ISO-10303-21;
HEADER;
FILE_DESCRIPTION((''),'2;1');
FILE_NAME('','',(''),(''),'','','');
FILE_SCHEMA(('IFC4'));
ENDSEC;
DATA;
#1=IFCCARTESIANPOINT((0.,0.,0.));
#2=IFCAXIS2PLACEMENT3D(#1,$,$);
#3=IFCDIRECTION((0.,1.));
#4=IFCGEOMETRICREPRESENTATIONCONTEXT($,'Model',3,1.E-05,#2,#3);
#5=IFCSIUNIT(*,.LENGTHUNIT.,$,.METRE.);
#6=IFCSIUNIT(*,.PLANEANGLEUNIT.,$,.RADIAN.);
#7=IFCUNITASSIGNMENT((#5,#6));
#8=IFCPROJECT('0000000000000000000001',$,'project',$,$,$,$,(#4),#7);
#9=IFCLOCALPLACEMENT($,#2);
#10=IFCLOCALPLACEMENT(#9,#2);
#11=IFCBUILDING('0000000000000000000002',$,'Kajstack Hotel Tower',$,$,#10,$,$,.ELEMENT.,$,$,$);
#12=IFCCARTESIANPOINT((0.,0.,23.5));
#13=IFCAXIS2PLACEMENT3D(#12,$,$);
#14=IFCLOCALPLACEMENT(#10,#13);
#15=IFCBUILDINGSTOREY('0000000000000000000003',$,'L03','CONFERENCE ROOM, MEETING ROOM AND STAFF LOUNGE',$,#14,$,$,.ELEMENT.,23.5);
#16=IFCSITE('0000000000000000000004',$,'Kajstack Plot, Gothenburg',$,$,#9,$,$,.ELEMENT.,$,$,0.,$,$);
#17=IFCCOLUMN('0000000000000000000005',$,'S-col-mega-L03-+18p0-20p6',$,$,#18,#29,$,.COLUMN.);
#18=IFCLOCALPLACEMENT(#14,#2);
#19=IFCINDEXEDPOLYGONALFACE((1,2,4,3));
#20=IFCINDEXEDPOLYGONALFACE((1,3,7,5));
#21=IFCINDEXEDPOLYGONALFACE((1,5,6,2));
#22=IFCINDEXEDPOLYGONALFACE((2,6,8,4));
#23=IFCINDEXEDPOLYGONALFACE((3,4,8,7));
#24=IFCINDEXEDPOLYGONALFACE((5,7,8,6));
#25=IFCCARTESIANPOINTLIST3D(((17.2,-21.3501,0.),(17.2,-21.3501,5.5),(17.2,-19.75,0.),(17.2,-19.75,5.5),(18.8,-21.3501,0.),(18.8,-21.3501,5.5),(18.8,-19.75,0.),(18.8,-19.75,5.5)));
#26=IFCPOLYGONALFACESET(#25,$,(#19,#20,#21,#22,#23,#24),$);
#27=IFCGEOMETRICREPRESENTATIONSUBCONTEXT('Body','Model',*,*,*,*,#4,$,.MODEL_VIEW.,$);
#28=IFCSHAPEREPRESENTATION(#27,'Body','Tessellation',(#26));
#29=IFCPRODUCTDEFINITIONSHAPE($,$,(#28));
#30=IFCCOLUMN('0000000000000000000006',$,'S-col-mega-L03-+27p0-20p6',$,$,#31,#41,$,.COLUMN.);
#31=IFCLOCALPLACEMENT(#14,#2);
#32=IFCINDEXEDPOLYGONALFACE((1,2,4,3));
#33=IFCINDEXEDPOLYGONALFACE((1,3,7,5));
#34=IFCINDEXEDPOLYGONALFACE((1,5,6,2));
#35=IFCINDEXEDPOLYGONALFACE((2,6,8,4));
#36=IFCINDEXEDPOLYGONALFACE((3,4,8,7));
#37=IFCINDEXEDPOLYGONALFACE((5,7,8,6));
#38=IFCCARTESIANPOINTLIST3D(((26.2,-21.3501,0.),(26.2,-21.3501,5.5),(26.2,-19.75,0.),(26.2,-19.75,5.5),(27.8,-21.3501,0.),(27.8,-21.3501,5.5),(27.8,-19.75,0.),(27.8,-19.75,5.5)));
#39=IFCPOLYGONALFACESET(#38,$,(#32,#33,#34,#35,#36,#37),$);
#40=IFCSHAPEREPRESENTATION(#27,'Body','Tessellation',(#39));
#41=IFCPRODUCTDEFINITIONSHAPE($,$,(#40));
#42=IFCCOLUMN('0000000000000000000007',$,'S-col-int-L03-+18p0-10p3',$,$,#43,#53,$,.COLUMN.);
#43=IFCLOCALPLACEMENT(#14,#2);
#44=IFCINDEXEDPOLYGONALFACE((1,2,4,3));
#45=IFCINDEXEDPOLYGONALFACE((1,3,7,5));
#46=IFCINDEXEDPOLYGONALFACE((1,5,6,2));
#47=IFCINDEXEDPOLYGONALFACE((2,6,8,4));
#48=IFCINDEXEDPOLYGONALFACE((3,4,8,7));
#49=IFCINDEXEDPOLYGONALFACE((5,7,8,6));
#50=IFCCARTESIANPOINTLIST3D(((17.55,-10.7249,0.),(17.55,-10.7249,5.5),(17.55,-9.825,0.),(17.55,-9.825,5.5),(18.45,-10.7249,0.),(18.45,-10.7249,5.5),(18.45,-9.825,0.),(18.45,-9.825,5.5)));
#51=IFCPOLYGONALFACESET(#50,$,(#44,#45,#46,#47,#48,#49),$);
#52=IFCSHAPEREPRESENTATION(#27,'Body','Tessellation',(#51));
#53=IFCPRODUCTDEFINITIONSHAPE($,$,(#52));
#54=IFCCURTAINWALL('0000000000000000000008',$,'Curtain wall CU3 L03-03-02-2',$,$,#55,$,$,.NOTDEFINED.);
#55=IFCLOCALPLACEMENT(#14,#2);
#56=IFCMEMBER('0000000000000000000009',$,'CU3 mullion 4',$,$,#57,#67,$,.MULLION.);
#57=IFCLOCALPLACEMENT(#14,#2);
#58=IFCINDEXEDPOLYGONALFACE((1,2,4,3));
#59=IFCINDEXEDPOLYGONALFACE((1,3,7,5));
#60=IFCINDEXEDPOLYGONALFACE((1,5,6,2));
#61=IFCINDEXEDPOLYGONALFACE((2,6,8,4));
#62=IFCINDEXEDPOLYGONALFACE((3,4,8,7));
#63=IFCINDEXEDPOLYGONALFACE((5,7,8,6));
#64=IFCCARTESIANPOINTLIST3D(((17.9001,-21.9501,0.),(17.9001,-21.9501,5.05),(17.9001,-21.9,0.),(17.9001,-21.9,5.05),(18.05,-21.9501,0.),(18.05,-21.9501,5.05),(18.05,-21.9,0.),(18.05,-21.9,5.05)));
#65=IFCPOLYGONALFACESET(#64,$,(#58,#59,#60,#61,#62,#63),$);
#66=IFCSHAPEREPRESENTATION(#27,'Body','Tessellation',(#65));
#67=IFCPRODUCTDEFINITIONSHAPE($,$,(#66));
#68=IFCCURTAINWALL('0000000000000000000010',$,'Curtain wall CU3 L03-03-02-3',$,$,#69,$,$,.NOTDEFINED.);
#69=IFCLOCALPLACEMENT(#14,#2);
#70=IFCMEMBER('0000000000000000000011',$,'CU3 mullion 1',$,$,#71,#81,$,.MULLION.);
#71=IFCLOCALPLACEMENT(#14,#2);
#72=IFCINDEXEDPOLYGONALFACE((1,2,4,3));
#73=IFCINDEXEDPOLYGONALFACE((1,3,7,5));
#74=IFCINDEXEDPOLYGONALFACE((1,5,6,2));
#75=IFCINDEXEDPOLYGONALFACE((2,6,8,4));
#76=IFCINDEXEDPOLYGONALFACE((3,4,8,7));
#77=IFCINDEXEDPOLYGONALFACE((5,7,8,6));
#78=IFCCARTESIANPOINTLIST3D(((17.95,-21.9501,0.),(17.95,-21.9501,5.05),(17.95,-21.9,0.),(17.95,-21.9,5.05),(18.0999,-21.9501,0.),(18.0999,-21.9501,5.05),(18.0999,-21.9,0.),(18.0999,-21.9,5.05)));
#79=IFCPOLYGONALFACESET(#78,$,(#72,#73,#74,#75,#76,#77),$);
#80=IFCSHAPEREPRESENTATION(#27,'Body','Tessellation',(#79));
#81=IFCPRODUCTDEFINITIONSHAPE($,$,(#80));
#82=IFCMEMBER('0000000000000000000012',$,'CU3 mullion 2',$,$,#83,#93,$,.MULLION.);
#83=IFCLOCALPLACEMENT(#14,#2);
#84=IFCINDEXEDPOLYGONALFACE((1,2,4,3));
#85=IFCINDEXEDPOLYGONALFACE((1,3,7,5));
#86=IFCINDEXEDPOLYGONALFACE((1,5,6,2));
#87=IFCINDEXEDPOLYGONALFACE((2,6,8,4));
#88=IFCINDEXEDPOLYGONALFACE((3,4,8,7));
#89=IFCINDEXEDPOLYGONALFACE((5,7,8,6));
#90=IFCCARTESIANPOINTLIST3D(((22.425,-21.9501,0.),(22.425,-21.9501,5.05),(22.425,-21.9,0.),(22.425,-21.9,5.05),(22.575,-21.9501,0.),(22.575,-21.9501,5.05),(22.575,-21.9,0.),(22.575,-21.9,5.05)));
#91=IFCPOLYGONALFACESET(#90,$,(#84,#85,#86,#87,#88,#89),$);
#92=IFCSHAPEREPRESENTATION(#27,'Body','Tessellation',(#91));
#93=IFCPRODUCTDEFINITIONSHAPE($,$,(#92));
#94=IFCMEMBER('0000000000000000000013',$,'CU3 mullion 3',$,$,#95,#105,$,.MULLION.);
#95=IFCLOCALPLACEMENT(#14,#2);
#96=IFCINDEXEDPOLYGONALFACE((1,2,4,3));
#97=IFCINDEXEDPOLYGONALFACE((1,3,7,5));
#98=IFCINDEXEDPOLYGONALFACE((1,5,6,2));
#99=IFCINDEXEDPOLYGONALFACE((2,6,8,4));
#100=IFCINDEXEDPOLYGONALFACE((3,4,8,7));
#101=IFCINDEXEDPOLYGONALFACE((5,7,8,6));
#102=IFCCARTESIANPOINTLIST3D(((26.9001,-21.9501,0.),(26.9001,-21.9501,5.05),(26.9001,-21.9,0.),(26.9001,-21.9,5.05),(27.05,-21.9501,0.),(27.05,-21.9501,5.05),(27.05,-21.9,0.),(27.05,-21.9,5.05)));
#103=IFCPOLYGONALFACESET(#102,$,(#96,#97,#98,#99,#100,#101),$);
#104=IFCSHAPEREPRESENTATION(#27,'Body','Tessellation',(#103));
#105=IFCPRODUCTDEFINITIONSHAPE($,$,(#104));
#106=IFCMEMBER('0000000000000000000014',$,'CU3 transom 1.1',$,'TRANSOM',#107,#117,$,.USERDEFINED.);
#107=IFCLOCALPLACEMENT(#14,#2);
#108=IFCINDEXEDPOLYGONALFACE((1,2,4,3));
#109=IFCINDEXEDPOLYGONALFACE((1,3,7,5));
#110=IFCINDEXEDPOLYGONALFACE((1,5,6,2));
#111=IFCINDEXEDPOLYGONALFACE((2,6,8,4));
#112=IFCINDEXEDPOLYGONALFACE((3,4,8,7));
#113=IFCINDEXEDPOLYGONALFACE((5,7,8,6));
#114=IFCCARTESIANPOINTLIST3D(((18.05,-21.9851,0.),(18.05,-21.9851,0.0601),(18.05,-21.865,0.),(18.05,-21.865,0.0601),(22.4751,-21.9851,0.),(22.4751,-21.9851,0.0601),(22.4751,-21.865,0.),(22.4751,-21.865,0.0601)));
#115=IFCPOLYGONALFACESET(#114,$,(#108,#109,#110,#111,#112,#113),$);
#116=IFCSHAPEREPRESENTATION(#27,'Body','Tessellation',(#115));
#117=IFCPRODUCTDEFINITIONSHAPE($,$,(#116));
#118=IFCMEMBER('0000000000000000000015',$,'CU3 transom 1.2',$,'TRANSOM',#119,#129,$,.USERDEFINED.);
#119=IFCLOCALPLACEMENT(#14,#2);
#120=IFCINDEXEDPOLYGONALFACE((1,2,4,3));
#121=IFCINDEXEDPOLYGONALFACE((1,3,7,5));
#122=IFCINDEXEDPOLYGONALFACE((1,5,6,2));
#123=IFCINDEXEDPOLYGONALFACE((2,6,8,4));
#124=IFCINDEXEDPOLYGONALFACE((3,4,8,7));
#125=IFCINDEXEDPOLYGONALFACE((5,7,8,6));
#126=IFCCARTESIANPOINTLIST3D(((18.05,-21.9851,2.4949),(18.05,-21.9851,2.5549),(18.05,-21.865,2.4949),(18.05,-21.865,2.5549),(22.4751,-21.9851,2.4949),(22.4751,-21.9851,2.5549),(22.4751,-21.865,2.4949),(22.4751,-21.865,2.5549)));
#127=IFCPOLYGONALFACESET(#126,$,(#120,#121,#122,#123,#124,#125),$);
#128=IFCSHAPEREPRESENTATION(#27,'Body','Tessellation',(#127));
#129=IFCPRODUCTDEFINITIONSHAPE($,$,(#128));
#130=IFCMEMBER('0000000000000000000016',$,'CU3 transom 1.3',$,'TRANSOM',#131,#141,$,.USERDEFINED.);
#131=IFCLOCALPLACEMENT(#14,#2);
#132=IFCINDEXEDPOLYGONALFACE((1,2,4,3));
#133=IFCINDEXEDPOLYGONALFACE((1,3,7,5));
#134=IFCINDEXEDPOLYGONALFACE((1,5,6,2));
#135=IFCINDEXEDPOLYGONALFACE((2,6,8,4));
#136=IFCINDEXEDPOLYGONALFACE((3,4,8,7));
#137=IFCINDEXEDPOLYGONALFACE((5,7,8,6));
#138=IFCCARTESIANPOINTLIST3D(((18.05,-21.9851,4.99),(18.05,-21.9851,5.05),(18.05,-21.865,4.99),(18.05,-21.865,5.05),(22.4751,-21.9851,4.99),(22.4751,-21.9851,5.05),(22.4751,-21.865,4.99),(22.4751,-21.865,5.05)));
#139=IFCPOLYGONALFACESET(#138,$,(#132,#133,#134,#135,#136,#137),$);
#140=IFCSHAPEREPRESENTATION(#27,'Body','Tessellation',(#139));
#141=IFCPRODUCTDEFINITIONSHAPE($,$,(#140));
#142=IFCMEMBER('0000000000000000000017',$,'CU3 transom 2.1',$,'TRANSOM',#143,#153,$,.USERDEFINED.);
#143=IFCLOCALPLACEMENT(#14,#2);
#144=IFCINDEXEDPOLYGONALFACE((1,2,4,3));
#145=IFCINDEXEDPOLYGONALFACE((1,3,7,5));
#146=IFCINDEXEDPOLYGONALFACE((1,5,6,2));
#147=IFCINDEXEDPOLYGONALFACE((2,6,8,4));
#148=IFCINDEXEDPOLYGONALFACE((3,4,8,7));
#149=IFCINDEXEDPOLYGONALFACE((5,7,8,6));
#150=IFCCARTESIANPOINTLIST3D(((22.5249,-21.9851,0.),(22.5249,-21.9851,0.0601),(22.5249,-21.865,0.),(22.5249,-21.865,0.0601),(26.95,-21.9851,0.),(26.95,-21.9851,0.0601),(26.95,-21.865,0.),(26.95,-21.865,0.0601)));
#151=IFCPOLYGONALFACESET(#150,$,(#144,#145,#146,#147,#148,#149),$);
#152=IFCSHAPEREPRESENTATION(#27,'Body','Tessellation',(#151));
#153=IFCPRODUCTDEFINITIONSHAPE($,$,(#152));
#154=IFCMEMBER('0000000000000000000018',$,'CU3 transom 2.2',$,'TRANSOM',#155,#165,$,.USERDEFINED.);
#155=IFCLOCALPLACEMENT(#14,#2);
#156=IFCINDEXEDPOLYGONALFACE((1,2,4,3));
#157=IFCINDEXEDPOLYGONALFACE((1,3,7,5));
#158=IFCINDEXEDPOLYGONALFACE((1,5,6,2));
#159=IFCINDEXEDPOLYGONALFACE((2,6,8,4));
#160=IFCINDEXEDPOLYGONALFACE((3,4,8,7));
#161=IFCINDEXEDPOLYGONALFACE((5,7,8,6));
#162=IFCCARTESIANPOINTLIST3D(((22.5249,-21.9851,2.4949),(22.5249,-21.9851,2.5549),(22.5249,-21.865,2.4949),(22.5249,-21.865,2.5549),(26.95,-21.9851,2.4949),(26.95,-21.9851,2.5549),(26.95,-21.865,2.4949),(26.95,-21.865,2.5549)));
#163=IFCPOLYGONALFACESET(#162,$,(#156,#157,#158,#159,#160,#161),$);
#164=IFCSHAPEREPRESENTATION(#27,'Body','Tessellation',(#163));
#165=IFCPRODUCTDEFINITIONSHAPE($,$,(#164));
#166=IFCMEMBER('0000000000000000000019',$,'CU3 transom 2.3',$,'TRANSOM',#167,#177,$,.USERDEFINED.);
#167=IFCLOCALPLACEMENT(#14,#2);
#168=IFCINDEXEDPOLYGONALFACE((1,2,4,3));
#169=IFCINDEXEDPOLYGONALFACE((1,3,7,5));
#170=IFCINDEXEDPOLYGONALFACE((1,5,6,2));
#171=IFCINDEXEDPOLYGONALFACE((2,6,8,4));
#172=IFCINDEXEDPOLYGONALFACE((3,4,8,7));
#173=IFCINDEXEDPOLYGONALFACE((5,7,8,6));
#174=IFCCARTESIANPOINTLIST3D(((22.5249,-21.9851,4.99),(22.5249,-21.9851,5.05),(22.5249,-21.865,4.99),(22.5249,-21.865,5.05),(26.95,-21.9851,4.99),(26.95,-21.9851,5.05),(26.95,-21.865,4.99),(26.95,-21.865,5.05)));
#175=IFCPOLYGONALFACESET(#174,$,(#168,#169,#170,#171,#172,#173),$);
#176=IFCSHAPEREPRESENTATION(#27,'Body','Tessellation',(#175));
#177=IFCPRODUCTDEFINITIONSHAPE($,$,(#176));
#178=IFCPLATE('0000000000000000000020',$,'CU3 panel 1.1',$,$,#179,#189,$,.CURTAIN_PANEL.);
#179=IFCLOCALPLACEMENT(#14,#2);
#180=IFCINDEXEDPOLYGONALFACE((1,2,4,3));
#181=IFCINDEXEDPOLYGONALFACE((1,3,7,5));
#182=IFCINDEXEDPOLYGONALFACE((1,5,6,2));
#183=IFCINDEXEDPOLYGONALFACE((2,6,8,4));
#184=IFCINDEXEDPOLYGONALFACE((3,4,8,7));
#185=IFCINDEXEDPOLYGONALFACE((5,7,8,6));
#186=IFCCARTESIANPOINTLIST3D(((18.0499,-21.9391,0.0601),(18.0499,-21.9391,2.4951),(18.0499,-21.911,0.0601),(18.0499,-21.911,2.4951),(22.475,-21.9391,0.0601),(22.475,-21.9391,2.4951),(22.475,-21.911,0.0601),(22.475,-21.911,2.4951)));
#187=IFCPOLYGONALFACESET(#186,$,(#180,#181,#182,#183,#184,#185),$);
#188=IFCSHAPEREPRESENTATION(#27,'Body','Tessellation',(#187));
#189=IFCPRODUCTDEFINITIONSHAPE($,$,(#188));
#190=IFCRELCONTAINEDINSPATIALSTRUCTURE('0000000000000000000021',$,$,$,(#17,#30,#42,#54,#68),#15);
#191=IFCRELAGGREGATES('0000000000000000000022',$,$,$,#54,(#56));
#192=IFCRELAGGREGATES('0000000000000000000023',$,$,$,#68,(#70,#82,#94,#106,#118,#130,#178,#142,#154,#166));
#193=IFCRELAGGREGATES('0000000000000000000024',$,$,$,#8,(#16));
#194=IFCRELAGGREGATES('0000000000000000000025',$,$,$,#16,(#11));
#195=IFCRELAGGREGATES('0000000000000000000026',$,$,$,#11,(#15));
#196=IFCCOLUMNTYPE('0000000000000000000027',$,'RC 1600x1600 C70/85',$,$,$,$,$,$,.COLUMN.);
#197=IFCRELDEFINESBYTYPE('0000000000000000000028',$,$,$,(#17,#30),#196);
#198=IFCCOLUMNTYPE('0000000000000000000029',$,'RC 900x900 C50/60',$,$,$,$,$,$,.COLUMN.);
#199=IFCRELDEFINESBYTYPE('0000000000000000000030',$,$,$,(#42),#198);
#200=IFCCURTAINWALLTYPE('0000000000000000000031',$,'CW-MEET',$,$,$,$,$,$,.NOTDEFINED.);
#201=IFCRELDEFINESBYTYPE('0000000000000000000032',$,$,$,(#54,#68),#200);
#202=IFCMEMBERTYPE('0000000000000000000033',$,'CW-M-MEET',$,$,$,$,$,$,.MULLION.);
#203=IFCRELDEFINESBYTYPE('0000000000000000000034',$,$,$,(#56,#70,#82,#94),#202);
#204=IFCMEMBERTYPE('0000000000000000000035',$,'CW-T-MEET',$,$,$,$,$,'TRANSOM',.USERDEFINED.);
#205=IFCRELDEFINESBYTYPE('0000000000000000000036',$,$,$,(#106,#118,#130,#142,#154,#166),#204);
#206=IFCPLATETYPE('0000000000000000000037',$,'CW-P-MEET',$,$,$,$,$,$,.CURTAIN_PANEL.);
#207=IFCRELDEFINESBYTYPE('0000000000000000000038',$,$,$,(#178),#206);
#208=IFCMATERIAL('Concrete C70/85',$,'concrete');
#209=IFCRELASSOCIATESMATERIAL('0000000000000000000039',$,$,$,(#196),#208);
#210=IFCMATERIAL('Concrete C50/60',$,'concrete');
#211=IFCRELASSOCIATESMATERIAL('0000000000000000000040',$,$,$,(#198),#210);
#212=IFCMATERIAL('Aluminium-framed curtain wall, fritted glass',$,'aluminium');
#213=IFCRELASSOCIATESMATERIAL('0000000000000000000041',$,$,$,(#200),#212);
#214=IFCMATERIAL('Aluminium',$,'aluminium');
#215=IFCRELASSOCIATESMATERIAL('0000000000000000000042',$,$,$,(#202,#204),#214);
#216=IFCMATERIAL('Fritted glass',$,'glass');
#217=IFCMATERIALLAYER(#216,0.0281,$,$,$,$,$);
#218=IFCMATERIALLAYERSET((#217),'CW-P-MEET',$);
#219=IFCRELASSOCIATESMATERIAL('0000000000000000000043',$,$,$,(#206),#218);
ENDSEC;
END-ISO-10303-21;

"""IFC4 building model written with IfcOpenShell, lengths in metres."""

from ifc_helpers import new_model, si_unit, direction, frame, origin, origin_2d, place, context, subcontext, project, spatial, rectangle, extrude, material, layer, layer_set, material_profile, profile_set, type_object, element, aggregate, save


model = new_model("IFC4")

# Units and contexts
model_context = context("Model", 3, precision=1e-05, world=origin(), true_north=direction((0.0, 1.0)))
body_context = subcontext(model_context, "Body", "Model", "MODEL_VIEW")
ifc_project = project(units=[si_unit("LENGTHUNIT", "METRE"), si_unit("PLANEANGLEUNIT", "RADIAN")], contexts=[model_context])

# Site, building, storey
site_placement = place(None, origin())
site = spatial("IfcSite", under=ifc_project, at=site_placement, Name="Kajstack Plot, Gothenburg", CompositionType="ELEMENT", RefElevation=0.0)
building_placement = place(site_placement, origin())
building = spatial("IfcBuilding", under=site, at=building_placement, Name="Kajstack Hotel Tower", CompositionType="ELEMENT")
storey_placement = place(building_placement, frame((0.0, 0.0, 23.5)))
storey = spatial("IfcBuildingStorey", under=building, at=storey_placement, Name="L03", Description="CONFERENCE ROOM, MEETING ROOM AND STAFF LOUNGE", CompositionType="ELEMENT", Elevation=23.5)

# Columns
ifc_material_1 = material(Name="Concrete C70/85", Category="concrete")
ifc_material_profile_1 = material_profile(ifc_material_1, rectangle(XDim=1.6001, YDim=1.6001, at=origin_2d()), Name="RC 1600x1600")
ifc_profile_set_1 = profile_set([ifc_material_profile_1], Name="Concrete C70/85")
column_type_1 = type_object("IfcColumnType", Name="RC 1600x1600 C70/85", PredefinedType="COLUMN", material=ifc_profile_set_1)
for number, where, z_axis, x_axis, name in (
    (1, (18.0, -20.55, 0.0), (0.0, 0.0, 1.0), (1.0, 0.0, 0.0), "S-col-mega-L03-+18p0-20p6"),
    (2, (27.0, -20.55, 0.0), (0.0, 0.0, 1.0), (1.0, 0.0, 0.0), "S-col-mega-L03-+27p0-20p6"),
):
    element("IfcColumn", number, at=place(storey_placement, frame(where, z_axis=z_axis, x_axis=x_axis)), inside=storey, type_object=column_type_1, Name=name, PredefinedType="COLUMN", context=body_context, shape_type="SweptSolid", body=[
        extrude(rectangle(XDim=1.6001, YDim=1.6001, at=origin_2d()), origin(), (0.0, 0.0, 1.0), 5.5),
    ])
ifc_material_2 = material(Name="Concrete C50/60", Category="concrete")
ifc_material_profile_2 = material_profile(ifc_material_2, rectangle(XDim=0.8999, YDim=0.8999, at=origin_2d()), Name="RC 900x900")
ifc_profile_set_2 = profile_set([ifc_material_profile_2], Name="Concrete C50/60")
column_type_2 = type_object("IfcColumnType", Name="RC 900x900 C50/60", PredefinedType="COLUMN", material=ifc_profile_set_2)
column_placement = place(storey_placement, frame((18.0, -10.2749, 0.0), z_axis=(0.0, 0.0, 1.0), x_axis=(1.0, 0.0, 0.0)))
element("IfcColumn", 3, at=column_placement, inside=storey, type_object=column_type_2, Name="S-col-int-L03-+18p0-10p3", PredefinedType="COLUMN", context=body_context, shape_type="SweptSolid", body=[
    extrude(rectangle(XDim=0.8999, YDim=0.8999, at=origin_2d()), origin(), (0.0, 0.0, 1.0), 5.5),
])

# Curtain wall, member
ifc_material_3 = material(Name="Aluminium-framed curtain wall, fritted glass", Category="aluminium")
curtain_wall_type = type_object("IfcCurtainWallType", Name="CW-MEET", PredefinedType="NOTDEFINED", material=ifc_material_3)
curtain_wall_1_placement = place(storey_placement, origin())
curtain_wall_1 = element("IfcCurtainWall", 4, at=curtain_wall_1_placement, inside=storey, type_object=curtain_wall_type, Name="Curtain wall CU3 L03-03-02-2", PredefinedType="NOTDEFINED")
ifc_material_4 = material(Name="Aluminium", Category="aluminium")
ifc_material_profile_3 = material_profile(ifc_material_4, rectangle(XDim=0.05, YDim=0.1499, at=origin_2d()), Name="Aluminium mullion 50 x 150")
ifc_profile_set_3 = profile_set([ifc_material_profile_3], Name="Aluminium")
member_type_1 = type_object("IfcMemberType", Name="CW-M-MEET", PredefinedType="MULLION", material=ifc_profile_set_3)
member_1_placement = place(storey_placement, frame((17.9751, -21.925, 0.0), z_axis=(0.0, 0.0, 1.0), x_axis=(0.0, 1.0, 0.0)))
member_1 = element("IfcMember", 5, at=member_1_placement, type_object=member_type_1, Name="CU3 mullion 4", PredefinedType="MULLION", context=body_context, shape_type="SweptSolid", body=[
    extrude(rectangle(XDim=0.05, YDim=0.1499, at=origin_2d()), origin(), (0.0, 0.0, 1.0), 5.05),
])
aggregate(curtain_wall_1, [member_1])

# Curtain wall, members, plate
curtain_wall_2_placement = place(storey_placement, origin())
curtain_wall_2 = element("IfcCurtainWall", 6, at=curtain_wall_2_placement, inside=storey, type_object=curtain_wall_type, Name="Curtain wall CU3 L03-03-02-3", PredefinedType="NOTDEFINED")
member_2_placement = place(storey_placement, frame((18.0249, -21.925, 0.0), z_axis=(0.0, 0.0, 1.0), x_axis=(0.0, 1.0, 0.0)))
member_2 = element("IfcMember", 7, at=member_2_placement, type_object=member_type_1, Name="CU3 mullion 1", PredefinedType="MULLION", context=body_context, shape_type="SweptSolid", body=[
    extrude(rectangle(XDim=0.05, YDim=0.1499, at=origin_2d()), origin(), (0.0, 0.0, 1.0), 5.05),
])
member_3_placement = place(storey_placement, frame((22.5, -21.925, 0.0), z_axis=(0.0, 0.0, 1.0), x_axis=(0.0, 1.0, 0.0)))
member_3 = element("IfcMember", 8, at=member_3_placement, type_object=member_type_1, Name="CU3 mullion 2", PredefinedType="MULLION", context=body_context, shape_type="SweptSolid", body=[
    extrude(rectangle(XDim=0.05, YDim=0.1499, at=origin_2d()), origin(), (0.0, 0.0, 1.0), 5.05),
])
member_4_placement = place(storey_placement, frame((26.9751, -21.925, 0.0), z_axis=(0.0, 0.0, 1.0), x_axis=(0.0, 1.0, 0.0)))
member_4 = element("IfcMember", 9, at=member_4_placement, type_object=member_type_1, Name="CU3 mullion 3", PredefinedType="MULLION", context=body_context, shape_type="SweptSolid", body=[
    extrude(rectangle(XDim=0.05, YDim=0.1499, at=origin_2d()), origin(), (0.0, 0.0, 1.0), 5.05),
])
ifc_material_profile_4 = material_profile(ifc_material_4, rectangle(XDim=0.1201, YDim=0.0601, at=origin_2d()), Name="Aluminium transom 120 x 60")
ifc_profile_set_4 = profile_set([ifc_material_profile_4], Name="Aluminium")
member_type_2 = type_object("IfcMemberType", Name="CW-T-MEET", ElementType="TRANSOM", PredefinedType="USERDEFINED", material=ifc_profile_set_4)
member_5_placement = place(storey_placement, frame((18.05, -21.925, 0.03), z_axis=(1.0, 0.0, 0.0), x_axis=(0.0, 1.0, 0.0)))
member_5 = element("IfcMember", 10, at=member_5_placement, type_object=member_type_2, Name="CU3 transom 1.1", ObjectType="TRANSOM", PredefinedType="USERDEFINED", context=body_context, shape_type="SweptSolid", body=[
    extrude(rectangle(XDim=0.1201, YDim=0.0601, at=origin_2d()), origin(), (0.0, 0.0, 1.0), 4.425),
])
member_6_placement = place(storey_placement, frame((18.05, -21.925, 2.5249), z_axis=(1.0, 0.0, 0.0), x_axis=(0.0, 1.0, 0.0)))
member_6 = element("IfcMember", 11, at=member_6_placement, type_object=member_type_2, Name="CU3 transom 1.2", ObjectType="TRANSOM", PredefinedType="USERDEFINED", context=body_context, shape_type="SweptSolid", body=[
    extrude(rectangle(XDim=0.1201, YDim=0.0601, at=origin_2d()), origin(), (0.0, 0.0, 1.0), 4.425),
])
member_7_placement = place(storey_placement, frame((18.05, -21.925, 5.02), z_axis=(1.0, 0.0, 0.0), x_axis=(0.0, 1.0, 0.0)))
member_7 = element("IfcMember", 12, at=member_7_placement, type_object=member_type_2, Name="CU3 transom 1.3", ObjectType="TRANSOM", PredefinedType="USERDEFINED", context=body_context, shape_type="SweptSolid", body=[
    extrude(rectangle(XDim=0.1201, YDim=0.0601, at=origin_2d()), origin(), (0.0, 0.0, 1.0), 4.425),
])
member_8_placement = place(storey_placement, frame((22.5249, -21.925, 0.03), z_axis=(1.0, 0.0, 0.0), x_axis=(0.0, 1.0, 0.0)))
member_8 = element("IfcMember", 13, at=member_8_placement, type_object=member_type_2, Name="CU3 transom 2.1", ObjectType="TRANSOM", PredefinedType="USERDEFINED", context=body_context, shape_type="SweptSolid", body=[
    extrude(rectangle(XDim=0.1201, YDim=0.0601, at=origin_2d()), origin(), (0.0, 0.0, 1.0), 4.425),
])
member_9_placement = place(storey_placement, frame((22.5249, -21.925, 2.5249), z_axis=(1.0, 0.0, 0.0), x_axis=(0.0, 1.0, 0.0)))
member_9 = element("IfcMember", 14, at=member_9_placement, type_object=member_type_2, Name="CU3 transom 2.2", ObjectType="TRANSOM", PredefinedType="USERDEFINED", context=body_context, shape_type="SweptSolid", body=[
    extrude(rectangle(XDim=0.1201, YDim=0.0601, at=origin_2d()), origin(), (0.0, 0.0, 1.0), 4.425),
])
member_10_placement = place(storey_placement, frame((22.5249, -21.925, 5.02), z_axis=(1.0, 0.0, 0.0), x_axis=(0.0, 1.0, 0.0)))
member_10 = element("IfcMember", 15, at=member_10_placement, type_object=member_type_2, Name="CU3 transom 2.3", ObjectType="TRANSOM", PredefinedType="USERDEFINED", context=body_context, shape_type="SweptSolid", body=[
    extrude(rectangle(XDim=0.1201, YDim=0.0601, at=origin_2d()), origin(), (0.0, 0.0, 1.0), 4.425),
])
ifc_material_5 = material(Name="Fritted glass", Category="glass")
ifc_layer_1 = layer(ifc_material_5, 0.0281)
ifc_layer_set_1 = layer_set([ifc_layer_1], Name="CW-P-MEET")
plate_type = type_object("IfcPlateType", Name="CW-P-MEET", PredefinedType="CURTAIN_PANEL", material=ifc_layer_set_1)
plate_1_placement = place(storey_placement, frame((20.2625, -21.925, 0.0601), z_axis=(0.0, 0.0, 1.0), x_axis=(1.0, 0.0, 0.0)))
plate_1 = element("IfcPlate", 16, at=plate_1_placement, type_object=plate_type, Name="CU3 panel 1.1", PredefinedType="CURTAIN_PANEL", context=body_context, shape_type="SweptSolid", body=[
    extrude(rectangle(XDim=4.425, YDim=0.0281, at=origin_2d()), origin(), (0.0, 0.0, 1.0), 2.4351),
])
aggregate(curtain_wall_2, [member_2, member_3, member_4, member_5, member_6, member_7, plate_1, member_8, member_9, member_10])

save(model, "model.ifc")
